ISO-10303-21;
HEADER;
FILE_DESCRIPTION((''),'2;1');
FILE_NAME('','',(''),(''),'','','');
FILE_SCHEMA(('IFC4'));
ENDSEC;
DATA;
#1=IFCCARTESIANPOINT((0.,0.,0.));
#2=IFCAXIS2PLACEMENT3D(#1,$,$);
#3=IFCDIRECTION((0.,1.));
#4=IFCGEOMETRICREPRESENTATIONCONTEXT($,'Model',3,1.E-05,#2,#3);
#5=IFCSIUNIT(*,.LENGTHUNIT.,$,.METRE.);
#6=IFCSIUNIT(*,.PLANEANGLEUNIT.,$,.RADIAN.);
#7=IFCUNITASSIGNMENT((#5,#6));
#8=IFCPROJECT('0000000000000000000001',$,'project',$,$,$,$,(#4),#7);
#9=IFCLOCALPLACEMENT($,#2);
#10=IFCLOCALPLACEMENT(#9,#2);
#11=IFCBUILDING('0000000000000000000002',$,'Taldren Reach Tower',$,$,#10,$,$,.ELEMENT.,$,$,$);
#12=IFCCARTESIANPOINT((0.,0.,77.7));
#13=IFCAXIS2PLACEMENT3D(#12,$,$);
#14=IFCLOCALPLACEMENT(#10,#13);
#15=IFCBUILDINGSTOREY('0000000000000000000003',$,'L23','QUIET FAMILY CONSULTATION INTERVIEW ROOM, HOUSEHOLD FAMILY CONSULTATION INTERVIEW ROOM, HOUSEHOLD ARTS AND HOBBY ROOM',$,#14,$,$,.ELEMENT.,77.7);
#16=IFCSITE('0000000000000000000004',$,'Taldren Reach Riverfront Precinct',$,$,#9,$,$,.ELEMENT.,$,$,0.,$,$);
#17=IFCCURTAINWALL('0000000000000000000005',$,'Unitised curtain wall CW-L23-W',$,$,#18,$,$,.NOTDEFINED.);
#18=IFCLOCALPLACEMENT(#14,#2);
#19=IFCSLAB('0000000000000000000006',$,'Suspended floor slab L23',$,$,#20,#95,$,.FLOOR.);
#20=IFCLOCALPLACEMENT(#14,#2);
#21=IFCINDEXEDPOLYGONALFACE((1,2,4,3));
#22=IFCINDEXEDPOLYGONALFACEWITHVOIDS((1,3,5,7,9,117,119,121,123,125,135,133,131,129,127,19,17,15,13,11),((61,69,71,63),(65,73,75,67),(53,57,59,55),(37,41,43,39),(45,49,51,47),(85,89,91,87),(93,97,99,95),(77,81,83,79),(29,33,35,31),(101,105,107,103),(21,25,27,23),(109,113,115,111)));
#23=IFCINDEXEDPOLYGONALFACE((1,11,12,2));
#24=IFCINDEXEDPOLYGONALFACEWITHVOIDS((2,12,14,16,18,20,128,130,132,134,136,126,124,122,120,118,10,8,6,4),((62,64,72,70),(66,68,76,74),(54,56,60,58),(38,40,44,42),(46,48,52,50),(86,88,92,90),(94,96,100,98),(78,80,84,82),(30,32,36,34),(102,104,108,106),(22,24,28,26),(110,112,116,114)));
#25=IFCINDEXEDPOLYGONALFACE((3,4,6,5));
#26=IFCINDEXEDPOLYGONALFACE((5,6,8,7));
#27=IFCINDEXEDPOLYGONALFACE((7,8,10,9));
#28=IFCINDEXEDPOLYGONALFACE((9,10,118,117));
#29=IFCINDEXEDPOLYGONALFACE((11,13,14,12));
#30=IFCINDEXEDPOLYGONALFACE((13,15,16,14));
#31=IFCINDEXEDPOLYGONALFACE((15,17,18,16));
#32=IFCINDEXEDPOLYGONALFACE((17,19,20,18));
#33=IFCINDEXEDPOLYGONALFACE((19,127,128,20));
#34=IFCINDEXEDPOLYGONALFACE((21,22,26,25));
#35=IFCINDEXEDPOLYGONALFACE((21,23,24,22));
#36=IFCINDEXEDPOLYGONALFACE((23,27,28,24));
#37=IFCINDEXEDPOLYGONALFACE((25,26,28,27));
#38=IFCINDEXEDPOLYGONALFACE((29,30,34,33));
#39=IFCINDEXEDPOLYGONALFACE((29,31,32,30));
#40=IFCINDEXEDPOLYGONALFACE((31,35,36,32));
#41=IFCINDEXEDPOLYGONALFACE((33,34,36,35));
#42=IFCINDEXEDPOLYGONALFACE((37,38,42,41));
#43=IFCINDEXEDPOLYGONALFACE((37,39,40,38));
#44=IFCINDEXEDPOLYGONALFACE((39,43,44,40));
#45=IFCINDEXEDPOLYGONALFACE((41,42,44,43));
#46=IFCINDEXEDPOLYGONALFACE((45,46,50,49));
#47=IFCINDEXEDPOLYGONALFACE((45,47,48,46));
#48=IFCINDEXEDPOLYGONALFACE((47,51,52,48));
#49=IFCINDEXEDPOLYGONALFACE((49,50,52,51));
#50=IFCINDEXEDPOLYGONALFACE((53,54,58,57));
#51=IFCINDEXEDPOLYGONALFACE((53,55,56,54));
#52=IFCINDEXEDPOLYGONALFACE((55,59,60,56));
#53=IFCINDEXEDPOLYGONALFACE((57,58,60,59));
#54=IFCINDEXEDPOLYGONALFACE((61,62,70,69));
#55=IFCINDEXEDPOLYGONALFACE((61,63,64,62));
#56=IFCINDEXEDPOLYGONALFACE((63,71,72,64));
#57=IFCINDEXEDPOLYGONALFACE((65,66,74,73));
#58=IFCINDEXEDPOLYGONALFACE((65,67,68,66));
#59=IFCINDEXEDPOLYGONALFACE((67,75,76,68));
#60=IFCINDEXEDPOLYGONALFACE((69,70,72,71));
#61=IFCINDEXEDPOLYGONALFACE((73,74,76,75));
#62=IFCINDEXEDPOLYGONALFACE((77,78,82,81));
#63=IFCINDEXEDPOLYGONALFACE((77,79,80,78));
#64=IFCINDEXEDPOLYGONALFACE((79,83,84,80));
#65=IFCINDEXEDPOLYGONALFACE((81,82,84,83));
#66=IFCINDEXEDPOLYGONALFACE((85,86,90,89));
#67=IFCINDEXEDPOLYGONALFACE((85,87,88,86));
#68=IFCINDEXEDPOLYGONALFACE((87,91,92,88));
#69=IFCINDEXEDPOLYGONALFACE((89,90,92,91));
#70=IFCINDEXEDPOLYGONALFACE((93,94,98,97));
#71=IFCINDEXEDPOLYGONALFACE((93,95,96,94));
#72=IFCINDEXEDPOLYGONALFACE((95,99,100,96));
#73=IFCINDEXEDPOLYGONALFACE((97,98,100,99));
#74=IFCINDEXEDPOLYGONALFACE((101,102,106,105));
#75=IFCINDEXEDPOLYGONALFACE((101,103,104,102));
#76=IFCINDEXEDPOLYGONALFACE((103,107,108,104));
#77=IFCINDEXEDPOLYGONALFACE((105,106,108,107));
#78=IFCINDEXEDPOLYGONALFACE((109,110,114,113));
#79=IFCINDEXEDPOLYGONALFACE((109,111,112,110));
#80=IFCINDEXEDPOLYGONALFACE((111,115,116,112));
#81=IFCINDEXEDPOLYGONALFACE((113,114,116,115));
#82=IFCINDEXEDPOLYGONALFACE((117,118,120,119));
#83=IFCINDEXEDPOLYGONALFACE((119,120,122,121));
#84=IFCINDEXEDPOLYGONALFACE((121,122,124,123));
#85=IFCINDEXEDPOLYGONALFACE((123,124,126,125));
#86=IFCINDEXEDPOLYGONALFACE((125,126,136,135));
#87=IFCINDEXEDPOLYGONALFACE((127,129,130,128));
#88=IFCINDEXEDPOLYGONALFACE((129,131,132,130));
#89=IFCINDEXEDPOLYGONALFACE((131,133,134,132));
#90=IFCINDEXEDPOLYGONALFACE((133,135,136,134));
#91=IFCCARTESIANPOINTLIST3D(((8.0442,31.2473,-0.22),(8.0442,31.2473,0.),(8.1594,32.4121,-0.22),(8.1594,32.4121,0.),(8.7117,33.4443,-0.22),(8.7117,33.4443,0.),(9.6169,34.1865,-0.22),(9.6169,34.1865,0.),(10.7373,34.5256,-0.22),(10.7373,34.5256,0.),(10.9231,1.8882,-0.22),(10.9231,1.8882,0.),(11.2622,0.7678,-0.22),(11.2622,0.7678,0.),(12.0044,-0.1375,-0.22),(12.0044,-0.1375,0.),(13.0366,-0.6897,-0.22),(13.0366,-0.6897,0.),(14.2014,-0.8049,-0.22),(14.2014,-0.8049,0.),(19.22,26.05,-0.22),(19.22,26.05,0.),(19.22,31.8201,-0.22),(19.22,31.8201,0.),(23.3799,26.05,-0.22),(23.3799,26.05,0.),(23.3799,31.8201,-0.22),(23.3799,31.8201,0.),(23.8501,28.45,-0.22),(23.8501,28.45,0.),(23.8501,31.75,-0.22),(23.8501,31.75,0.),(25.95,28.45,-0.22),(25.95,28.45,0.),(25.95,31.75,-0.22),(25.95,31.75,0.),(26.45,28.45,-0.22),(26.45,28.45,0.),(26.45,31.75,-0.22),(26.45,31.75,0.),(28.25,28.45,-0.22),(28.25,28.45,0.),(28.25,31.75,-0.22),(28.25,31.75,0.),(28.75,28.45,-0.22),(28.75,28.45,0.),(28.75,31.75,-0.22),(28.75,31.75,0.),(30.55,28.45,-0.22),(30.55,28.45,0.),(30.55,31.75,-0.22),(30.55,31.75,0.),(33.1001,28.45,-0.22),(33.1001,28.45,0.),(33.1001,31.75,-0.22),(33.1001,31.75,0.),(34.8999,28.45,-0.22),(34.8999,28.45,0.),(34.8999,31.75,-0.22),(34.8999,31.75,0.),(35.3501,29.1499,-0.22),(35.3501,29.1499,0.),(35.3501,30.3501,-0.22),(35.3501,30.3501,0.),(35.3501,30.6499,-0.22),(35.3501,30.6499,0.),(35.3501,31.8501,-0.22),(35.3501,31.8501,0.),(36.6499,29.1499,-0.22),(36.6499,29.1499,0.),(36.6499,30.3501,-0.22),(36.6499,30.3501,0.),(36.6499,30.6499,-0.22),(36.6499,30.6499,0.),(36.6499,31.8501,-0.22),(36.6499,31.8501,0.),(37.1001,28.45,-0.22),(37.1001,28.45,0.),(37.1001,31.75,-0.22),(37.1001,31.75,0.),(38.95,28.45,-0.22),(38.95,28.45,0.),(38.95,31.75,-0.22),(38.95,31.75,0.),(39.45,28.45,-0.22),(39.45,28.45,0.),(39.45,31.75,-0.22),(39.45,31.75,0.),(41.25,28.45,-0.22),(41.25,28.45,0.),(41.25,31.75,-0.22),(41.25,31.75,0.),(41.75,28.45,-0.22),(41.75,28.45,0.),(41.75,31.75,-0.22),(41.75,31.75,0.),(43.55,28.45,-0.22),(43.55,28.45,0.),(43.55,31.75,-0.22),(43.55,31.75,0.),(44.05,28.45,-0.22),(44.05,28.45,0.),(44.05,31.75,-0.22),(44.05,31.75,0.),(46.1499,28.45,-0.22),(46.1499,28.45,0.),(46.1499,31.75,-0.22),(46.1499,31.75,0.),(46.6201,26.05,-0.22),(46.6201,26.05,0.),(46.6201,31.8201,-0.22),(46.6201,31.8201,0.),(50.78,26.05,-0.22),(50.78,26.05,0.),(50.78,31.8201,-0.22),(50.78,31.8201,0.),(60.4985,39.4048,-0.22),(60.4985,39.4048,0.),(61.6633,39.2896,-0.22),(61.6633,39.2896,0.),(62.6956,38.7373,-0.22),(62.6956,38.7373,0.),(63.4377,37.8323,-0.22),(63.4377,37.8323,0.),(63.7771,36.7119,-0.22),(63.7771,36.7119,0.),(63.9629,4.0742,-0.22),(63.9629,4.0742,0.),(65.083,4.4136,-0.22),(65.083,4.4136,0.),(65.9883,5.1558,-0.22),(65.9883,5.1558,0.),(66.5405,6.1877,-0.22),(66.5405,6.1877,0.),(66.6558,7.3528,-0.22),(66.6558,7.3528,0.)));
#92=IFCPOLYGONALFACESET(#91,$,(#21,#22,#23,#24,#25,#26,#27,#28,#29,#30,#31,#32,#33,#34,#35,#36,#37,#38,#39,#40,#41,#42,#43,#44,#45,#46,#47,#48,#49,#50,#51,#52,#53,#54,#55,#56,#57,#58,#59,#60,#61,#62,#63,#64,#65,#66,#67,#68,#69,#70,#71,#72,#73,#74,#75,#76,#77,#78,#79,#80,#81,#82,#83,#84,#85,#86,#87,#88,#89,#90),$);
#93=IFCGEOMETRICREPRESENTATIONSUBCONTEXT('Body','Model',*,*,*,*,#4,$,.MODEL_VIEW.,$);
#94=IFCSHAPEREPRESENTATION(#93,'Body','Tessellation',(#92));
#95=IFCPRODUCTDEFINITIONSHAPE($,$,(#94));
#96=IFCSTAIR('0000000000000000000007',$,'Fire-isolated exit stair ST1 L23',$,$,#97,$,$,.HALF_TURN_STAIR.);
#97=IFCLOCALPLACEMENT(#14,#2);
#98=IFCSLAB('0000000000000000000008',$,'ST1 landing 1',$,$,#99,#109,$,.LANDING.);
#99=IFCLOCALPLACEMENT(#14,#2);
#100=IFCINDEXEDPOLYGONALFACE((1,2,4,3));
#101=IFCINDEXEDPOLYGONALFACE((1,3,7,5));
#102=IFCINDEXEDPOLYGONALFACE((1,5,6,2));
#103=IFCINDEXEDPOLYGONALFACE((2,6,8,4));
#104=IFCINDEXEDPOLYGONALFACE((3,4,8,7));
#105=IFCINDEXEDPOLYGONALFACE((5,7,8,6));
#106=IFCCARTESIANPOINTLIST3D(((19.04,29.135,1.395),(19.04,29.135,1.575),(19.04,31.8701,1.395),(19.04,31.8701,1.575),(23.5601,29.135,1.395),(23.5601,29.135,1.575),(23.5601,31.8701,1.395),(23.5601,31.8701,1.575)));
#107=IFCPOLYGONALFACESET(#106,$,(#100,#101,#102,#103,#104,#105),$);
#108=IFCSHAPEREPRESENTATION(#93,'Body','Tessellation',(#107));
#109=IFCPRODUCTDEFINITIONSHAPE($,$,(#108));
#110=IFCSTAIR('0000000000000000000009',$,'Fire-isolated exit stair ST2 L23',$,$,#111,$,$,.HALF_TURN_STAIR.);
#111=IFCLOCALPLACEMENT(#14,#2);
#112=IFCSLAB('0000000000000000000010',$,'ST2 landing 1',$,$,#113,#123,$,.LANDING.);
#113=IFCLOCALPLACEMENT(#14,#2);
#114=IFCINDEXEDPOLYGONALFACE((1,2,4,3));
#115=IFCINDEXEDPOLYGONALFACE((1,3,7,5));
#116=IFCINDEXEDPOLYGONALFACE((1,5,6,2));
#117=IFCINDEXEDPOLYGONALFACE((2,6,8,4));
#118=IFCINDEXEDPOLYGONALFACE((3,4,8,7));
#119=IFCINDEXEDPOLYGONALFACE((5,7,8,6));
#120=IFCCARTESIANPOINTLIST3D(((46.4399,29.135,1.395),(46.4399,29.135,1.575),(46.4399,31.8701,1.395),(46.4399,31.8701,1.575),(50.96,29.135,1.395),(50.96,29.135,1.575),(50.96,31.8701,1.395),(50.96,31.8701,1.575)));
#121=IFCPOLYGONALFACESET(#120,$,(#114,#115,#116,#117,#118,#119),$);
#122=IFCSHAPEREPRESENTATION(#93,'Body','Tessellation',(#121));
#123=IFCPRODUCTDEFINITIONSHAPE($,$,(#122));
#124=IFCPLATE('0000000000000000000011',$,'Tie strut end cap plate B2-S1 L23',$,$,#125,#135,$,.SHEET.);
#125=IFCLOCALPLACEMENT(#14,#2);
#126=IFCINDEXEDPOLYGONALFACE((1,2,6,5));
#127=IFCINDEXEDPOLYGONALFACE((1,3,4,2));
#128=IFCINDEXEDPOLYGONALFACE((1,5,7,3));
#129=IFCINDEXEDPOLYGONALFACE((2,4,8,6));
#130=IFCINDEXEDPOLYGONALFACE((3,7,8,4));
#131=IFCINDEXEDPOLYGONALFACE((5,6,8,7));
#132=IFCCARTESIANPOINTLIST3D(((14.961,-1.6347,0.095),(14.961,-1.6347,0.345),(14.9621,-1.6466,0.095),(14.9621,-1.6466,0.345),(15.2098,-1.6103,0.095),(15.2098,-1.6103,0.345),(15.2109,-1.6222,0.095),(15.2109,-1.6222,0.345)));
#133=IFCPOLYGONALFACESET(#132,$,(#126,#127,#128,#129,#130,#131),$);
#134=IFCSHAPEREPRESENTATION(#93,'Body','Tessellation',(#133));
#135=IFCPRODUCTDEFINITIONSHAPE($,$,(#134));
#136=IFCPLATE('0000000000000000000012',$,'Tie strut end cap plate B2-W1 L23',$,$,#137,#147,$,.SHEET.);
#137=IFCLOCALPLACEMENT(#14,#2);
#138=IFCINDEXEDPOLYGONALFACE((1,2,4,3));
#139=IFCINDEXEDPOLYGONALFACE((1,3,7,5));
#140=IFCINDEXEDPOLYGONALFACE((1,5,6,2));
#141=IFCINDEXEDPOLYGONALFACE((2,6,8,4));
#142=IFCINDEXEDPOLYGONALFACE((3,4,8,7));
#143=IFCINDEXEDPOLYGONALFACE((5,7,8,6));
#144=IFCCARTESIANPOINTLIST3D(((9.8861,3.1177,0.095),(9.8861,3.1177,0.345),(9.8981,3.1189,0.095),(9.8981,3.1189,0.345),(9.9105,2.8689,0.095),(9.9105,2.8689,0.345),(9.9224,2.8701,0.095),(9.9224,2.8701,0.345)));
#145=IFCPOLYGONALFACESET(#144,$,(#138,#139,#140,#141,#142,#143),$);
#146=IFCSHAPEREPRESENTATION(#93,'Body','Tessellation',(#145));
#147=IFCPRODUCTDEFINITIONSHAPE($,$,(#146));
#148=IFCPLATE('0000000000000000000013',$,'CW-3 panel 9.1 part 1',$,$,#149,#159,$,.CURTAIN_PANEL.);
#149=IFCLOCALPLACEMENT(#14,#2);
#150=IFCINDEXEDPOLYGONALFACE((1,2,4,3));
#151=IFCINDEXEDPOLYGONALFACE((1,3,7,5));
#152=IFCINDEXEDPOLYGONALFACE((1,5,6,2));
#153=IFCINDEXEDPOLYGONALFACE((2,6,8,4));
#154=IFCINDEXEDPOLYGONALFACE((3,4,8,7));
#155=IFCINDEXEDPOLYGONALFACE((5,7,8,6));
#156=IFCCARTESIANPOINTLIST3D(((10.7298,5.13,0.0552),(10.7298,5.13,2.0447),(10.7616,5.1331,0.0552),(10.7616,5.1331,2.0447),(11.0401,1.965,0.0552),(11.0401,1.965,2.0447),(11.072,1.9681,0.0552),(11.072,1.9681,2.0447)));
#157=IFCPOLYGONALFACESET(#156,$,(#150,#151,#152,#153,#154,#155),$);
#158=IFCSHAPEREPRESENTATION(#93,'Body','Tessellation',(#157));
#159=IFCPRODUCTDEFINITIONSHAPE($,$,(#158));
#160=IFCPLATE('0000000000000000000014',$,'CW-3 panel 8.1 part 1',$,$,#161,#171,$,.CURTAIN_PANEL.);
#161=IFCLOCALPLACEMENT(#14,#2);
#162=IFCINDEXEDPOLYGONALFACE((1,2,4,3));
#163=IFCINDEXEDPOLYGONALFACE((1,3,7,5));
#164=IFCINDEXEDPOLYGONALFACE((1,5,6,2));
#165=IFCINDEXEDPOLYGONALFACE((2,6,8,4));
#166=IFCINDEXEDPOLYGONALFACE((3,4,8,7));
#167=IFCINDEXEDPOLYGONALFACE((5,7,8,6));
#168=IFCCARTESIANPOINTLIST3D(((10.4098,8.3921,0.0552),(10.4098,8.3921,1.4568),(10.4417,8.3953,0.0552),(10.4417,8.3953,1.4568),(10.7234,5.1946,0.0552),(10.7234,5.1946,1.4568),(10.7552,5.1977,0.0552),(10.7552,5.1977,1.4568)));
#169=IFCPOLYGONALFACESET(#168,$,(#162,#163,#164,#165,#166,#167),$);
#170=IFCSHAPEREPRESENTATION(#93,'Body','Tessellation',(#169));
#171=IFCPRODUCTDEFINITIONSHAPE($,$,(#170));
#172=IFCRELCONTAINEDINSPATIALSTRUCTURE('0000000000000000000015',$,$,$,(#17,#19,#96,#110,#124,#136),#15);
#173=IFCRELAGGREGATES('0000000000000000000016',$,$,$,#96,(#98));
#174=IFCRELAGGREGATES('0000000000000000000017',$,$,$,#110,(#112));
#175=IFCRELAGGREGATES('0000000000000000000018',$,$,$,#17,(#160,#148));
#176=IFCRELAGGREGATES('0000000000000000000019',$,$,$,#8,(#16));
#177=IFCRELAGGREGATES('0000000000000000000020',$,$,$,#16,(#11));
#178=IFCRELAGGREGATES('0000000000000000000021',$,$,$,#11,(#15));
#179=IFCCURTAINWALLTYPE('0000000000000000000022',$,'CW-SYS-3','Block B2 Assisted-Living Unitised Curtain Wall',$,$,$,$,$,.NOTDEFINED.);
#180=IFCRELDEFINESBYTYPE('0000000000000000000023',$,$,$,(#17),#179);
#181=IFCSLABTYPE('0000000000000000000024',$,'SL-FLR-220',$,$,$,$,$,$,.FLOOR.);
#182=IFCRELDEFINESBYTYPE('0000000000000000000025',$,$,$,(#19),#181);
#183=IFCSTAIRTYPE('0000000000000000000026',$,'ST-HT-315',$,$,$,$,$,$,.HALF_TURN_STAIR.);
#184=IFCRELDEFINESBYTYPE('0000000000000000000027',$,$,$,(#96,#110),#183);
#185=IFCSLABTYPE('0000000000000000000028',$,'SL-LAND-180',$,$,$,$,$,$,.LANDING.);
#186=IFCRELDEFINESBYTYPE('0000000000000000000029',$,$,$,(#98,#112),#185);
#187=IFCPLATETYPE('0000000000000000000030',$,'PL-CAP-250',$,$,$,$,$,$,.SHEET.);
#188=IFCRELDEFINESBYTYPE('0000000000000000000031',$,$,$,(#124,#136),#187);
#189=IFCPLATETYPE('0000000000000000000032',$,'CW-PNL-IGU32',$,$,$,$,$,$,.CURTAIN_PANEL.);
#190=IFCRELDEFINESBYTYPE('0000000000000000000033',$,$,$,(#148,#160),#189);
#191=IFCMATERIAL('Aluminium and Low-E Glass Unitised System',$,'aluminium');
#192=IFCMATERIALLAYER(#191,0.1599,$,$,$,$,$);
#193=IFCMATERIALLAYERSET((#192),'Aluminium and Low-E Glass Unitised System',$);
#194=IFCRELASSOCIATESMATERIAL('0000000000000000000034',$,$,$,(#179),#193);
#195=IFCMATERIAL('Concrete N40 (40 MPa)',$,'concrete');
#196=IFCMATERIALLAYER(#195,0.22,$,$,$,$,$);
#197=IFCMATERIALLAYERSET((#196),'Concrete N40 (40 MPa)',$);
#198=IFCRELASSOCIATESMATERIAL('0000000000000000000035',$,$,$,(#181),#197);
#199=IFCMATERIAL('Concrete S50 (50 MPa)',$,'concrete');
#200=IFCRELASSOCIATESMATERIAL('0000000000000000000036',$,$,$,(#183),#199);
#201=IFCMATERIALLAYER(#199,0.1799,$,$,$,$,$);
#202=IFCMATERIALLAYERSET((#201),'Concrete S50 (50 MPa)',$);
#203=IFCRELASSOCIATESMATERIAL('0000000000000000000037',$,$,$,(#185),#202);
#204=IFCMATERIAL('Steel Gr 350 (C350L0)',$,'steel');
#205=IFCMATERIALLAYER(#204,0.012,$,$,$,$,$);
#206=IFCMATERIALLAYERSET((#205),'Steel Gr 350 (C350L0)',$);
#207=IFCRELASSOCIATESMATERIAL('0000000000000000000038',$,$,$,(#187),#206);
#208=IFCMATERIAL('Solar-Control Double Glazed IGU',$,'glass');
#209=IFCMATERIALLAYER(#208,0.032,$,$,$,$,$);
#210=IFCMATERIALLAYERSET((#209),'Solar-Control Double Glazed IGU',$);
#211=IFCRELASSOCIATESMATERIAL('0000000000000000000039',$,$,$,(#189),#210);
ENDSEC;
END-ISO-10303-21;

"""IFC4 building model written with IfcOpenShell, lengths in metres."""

from ifc_helpers import new_model, si_unit, direction, frame, origin, origin_2d, place, context, subcontext, project, spatial, polyline, rectangle, outline, extrude, source, transform, mapped, material, layer, layer_set, type_object, element, aggregate, save


model = new_model("IFC4")

# Units and contexts
model_context = context("Model", 3, precision=1e-05, world=origin(), true_north=direction((0.0, 1.0)))
body_context = subcontext(model_context, "Body", "Model", "MODEL_VIEW")
ifc_project = project(units=[si_unit("LENGTHUNIT", "METRE"), si_unit("PLANEANGLEUNIT", "RADIAN")], contexts=[model_context])

# Site, building, storey
site_placement = place(None, origin())
site = spatial("IfcSite", under=ifc_project, at=site_placement, Name="Taldren Reach Riverfront Precinct", CompositionType="ELEMENT", RefElevation=0.0)
building_placement = place(site_placement, origin())
building = spatial("IfcBuilding", under=site, at=building_placement, Name="Taldren Reach Tower", CompositionType="ELEMENT")
storey_placement = place(building_placement, frame((0.0, 0.0, 77.7)))
storey = spatial("IfcBuildingStorey", under=building, at=storey_placement, Name="L23", Description="QUIET FAMILY CONSULTATION INTERVIEW ROOM, HOUSEHOLD FAMILY CONSULTATION INTERVIEW ROOM, HOUSEHOLD ARTS AND HOBBY ROOM", CompositionType="ELEMENT", Elevation=77.7)

# Shared definitions
ifc_material_1 = material(Name="Steel Gr 350 (C350L0)", Category="steel")

# Shared definitions
ifc_material_2 = material(Name="Aluminium and Low-E Glass Unitised System", Category="aluminium")
ifc_layer_1 = layer(ifc_material_2, 0.1599)
ifc_layer_set_1 = layer_set([ifc_layer_1], Name="Aluminium and Low-E Glass Unitised System")
curtain_wall_type = type_object("IfcCurtainWallType", Name="CW-SYS-3", Description="Block B2 Assisted-Living Unitised Curtain Wall", PredefinedType="NOTDEFINED", material=ifc_layer_set_1)

# Curtain wall
curtain_wall_1_placement = place(storey_placement, origin())
curtain_wall_1 = element("IfcCurtainWall", 1, at=curtain_wall_1_placement, inside=storey, type_object=curtain_wall_type, Name="Unitised curtain wall CW-L23-W", PredefinedType="NOTDEFINED")

# Slab
ifc_material_3 = material(Name="Concrete N40 (40 MPa)", Category="concrete")
ifc_layer_2 = layer(ifc_material_3, 0.22)
ifc_layer_set_2 = layer_set([ifc_layer_2], Name="Concrete N40 (40 MPa)")
slab_type_1 = type_object("IfcSlabType", Name="SL-FLR-220", PredefinedType="FLOOR", material=ifc_layer_set_2)
slab_1_placement = place(storey_placement, frame((0.0, 0.0, -0.22)))
element("IfcSlab", 2, at=slab_1_placement, inside=storey, type_object=slab_type_1, Name="Suspended floor slab L23", PredefinedType="FLOOR", context=body_context, shape_type="SweptSolid", body=[
    extrude(outline(polyline([(63.9629, 4.0742), (65.083, 4.4136), (65.9883, 5.1558), (66.5405, 6.1877), (66.6558, 7.3528), (63.7771, 36.7119), (63.4377, 37.8323), (62.6956, 38.7373), (61.6633, 39.2896), (60.4985, 39.4048), (10.7373, 34.5256), (9.6169, 34.1865), (8.7117, 33.4443), (8.1594, 32.4121), (8.0442, 31.2473), (10.9231, 1.8882), (11.2622, 0.7678), (12.0044, -0.1375), (13.0366, -0.6897), (14.2014, -0.8049), (63.9629, 4.0742)]), holes=[polyline([(19.22, 26.05), (23.3799, 26.05), (23.3799, 31.8201), (19.22, 31.8201), (19.22, 26.05)]), polyline([(46.6201, 26.05), (50.78, 26.05), (50.78, 31.8201), (46.6201, 31.8201), (46.6201, 26.05)]), polyline([(23.8501, 28.45), (25.95, 28.45), (25.95, 31.75), (23.8501, 31.75), (23.8501, 28.45)]), polyline([(44.05, 28.45), (46.1499, 28.45), (46.1499, 31.75), (44.05, 31.75), (44.05, 28.45)]), polyline([(26.45, 28.45), (28.25, 28.45), (28.25, 31.75), (26.45, 31.75), (26.45, 28.45)]), polyline([(28.75, 28.45), (30.55, 28.45), (30.55, 31.75), (28.75, 31.75), (28.75, 28.45)]), polyline([(33.1001, 28.45), (34.8999, 28.45), (34.8999, 31.75), (33.1001, 31.75), (33.1001, 28.45)]), polyline([(37.1001, 28.45), (38.95, 28.45), (38.95, 31.75), (37.1001, 31.75), (37.1001, 28.45)]), polyline([(39.45, 28.45), (41.25, 28.45), (41.25, 31.75), (39.45, 31.75), (39.45, 28.45)]), polyline([(41.75, 28.45), (43.55, 28.45), (43.55, 31.75), (41.75, 31.75), (41.75, 28.45)]), polyline([(35.3501, 30.6499), (36.6499, 30.6499), (36.6499, 31.8501), (35.3501, 31.8501), (35.3501, 30.6499)]), polyline([(35.3501, 29.1499), (36.6499, 29.1499), (36.6499, 30.3501), (35.3501, 30.3501), (35.3501, 29.1499)])]), origin(), (0.0, 0.0, 1.0), 0.22),
])

# Stairs, slabs
ifc_material_4 = material(Name="Concrete S50 (50 MPa)", Category="concrete")
stair_type = type_object("IfcStairType", Name="ST-HT-315", PredefinedType="HALF_TURN_STAIR", material=ifc_material_4)
stair_1_placement = place(storey_placement, origin())
stair_1 = element("IfcStair", 3, at=stair_1_placement, inside=storey, type_object=stair_type, Name="Fire-isolated exit stair ST1 L23", PredefinedType="HALF_TURN_STAIR")
ifc_layer_3 = layer(ifc_material_4, 0.1799)
ifc_layer_set_3 = layer_set([ifc_layer_3], Name="Concrete S50 (50 MPa)")
slab_type_2 = type_object("IfcSlabType", Name="SL-LAND-180", PredefinedType="LANDING", material=ifc_layer_set_3)
slab_2_placement = place(storey_placement, frame((0.0, 0.0, 1.395)))
slab_2 = element("IfcSlab", 4, at=slab_2_placement, type_object=slab_type_2, Name="ST1 landing 1", PredefinedType="LANDING", context=body_context, shape_type="SweptSolid", body=[
    extrude(outline(polyline([(19.04, 29.135), (23.5601, 29.135), (23.5601, 31.8701), (19.04, 31.8701), (19.04, 29.135)])), origin(), (0.0, 0.0, 1.0), 0.1799),
])
aggregate(stair_1, [slab_2])
stair_2_placement = place(storey_placement, origin())
stair_2 = element("IfcStair", 5, at=stair_2_placement, inside=storey, type_object=stair_type, Name="Fire-isolated exit stair ST2 L23", PredefinedType="HALF_TURN_STAIR")
slab_3_placement = place(storey_placement, frame((0.0, 0.0, 1.395)))
slab_3 = element("IfcSlab", 6, at=slab_3_placement, type_object=slab_type_2, Name="ST2 landing 1", PredefinedType="LANDING", context=body_context, shape_type="SweptSolid", body=[
    extrude(outline(polyline([(46.4399, 29.135), (50.96, 29.135), (50.96, 31.8701), (46.4399, 31.8701), (46.4399, 29.135)])), origin(), (0.0, 0.0, 1.0), 0.1799),
])
aggregate(stair_2, [slab_3])

# Plates
ifc_layer_4 = layer(ifc_material_1, 0.012)
ifc_layer_set_4 = layer_set([ifc_layer_4], Name="Steel Gr 350 (C350L0)")
plate_type_1 = type_object("IfcPlateType", Name="PL-CAP-250", PredefinedType="SHEET", material=ifc_layer_set_4)
shared_shape_1 = source(origin(), body_context, "Body", "SweptSolid", [
    extrude(rectangle(XDim=0.25, YDim=0.012, at=origin_2d()), origin(), (0.0, 0.0, 1.0), 0.25),
])
plate_1_placement = place(storey_placement, frame((15.0859, -1.6284, 0.095), z_axis=(0.0, 0.0, 1.0), x_axis=(0.995227, 0.097583, 0.0)))
element("IfcPlate", 7, at=plate_1_placement, inside=storey, type_object=plate_type_1, Name="Tie strut end cap plate B2-S1 L23", PredefinedType="SHEET", context=body_context, shape_type="MappedRepresentation", body=[
    mapped(shared_shape_1, transform((0.0, 0.0, 0.0), scale=1.0)),
])
shared_shape_2 = source(origin(), body_context, "Body", "SweptSolid", [
    extrude(rectangle(XDim=0.012, YDim=0.25, at=origin_2d()), origin(), (0.0, 0.0, 1.0), 0.25),
])
plate_2_placement = place(storey_placement, frame((9.9043, 2.9939, 0.095), z_axis=(0.0, 0.0, 1.0), x_axis=(0.995227, 0.097583, 0.0)))
element("IfcPlate", 8, at=plate_2_placement, inside=storey, type_object=plate_type_1, Name="Tie strut end cap plate B2-W1 L23", PredefinedType="SHEET", context=body_context, shape_type="MappedRepresentation", body=[
    mapped(shared_shape_2, transform((0.0, 0.0, 0.0), scale=1.0)),
])

# Plates
ifc_material_5 = material(Name="Solar-Control Double Glazed IGU", Category="glass")
ifc_layer_5 = layer(ifc_material_5, 0.032)
ifc_layer_set_5 = layer_set([ifc_layer_5], Name="Solar-Control Double Glazed IGU")
plate_type_2 = type_object("IfcPlateType", Name="CW-PNL-IGU32", PredefinedType="CURTAIN_PANEL", material=ifc_layer_set_5)
shared_shape_3 = source(origin(), body_context, "Body", "SweptSolid", [
    extrude(rectangle(XDim=3.1802, YDim=0.032, at=origin_2d()), origin(), (0.0, 0.0, 1.0), 1.9895),
])
plate_3_placement = place(storey_placement, frame((10.9009, 3.5491, 0.0552), z_axis=(0.0, 0.0, 1.0), x_axis=(0.097583, -0.995227, 0.0)))
plate_3 = element("IfcPlate", 9, at=plate_3_placement, type_object=plate_type_2, Name="CW-3 panel 9.1 part 1", PredefinedType="CURTAIN_PANEL", context=body_context, shape_type="MappedRepresentation", body=[
    mapped(shared_shape_3, transform((0.0, 0.0, 0.0), scale=1.0)),
])
shared_shape_4 = source(origin(), body_context, "Body", "SweptSolid", [
    extrude(rectangle(XDim=3.2129, YDim=0.032, at=origin_2d()), origin(), (0.0, 0.0, 1.0), 1.4016),
])
plate_4_placement = place(storey_placement, frame((10.5825, 6.7949, 0.0552), z_axis=(0.0, 0.0, 1.0), x_axis=(0.097583, -0.995227, 0.0)))
plate_4 = element("IfcPlate", 10, at=plate_4_placement, type_object=plate_type_2, Name="CW-3 panel 8.1 part 1", PredefinedType="CURTAIN_PANEL", context=body_context, shape_type="MappedRepresentation", body=[
    mapped(shared_shape_4, transform((0.0, 0.0, 0.0), scale=1.0)),
])
aggregate(curtain_wall_1, [plate_4, plate_3])

save(model, "model.ifc")
